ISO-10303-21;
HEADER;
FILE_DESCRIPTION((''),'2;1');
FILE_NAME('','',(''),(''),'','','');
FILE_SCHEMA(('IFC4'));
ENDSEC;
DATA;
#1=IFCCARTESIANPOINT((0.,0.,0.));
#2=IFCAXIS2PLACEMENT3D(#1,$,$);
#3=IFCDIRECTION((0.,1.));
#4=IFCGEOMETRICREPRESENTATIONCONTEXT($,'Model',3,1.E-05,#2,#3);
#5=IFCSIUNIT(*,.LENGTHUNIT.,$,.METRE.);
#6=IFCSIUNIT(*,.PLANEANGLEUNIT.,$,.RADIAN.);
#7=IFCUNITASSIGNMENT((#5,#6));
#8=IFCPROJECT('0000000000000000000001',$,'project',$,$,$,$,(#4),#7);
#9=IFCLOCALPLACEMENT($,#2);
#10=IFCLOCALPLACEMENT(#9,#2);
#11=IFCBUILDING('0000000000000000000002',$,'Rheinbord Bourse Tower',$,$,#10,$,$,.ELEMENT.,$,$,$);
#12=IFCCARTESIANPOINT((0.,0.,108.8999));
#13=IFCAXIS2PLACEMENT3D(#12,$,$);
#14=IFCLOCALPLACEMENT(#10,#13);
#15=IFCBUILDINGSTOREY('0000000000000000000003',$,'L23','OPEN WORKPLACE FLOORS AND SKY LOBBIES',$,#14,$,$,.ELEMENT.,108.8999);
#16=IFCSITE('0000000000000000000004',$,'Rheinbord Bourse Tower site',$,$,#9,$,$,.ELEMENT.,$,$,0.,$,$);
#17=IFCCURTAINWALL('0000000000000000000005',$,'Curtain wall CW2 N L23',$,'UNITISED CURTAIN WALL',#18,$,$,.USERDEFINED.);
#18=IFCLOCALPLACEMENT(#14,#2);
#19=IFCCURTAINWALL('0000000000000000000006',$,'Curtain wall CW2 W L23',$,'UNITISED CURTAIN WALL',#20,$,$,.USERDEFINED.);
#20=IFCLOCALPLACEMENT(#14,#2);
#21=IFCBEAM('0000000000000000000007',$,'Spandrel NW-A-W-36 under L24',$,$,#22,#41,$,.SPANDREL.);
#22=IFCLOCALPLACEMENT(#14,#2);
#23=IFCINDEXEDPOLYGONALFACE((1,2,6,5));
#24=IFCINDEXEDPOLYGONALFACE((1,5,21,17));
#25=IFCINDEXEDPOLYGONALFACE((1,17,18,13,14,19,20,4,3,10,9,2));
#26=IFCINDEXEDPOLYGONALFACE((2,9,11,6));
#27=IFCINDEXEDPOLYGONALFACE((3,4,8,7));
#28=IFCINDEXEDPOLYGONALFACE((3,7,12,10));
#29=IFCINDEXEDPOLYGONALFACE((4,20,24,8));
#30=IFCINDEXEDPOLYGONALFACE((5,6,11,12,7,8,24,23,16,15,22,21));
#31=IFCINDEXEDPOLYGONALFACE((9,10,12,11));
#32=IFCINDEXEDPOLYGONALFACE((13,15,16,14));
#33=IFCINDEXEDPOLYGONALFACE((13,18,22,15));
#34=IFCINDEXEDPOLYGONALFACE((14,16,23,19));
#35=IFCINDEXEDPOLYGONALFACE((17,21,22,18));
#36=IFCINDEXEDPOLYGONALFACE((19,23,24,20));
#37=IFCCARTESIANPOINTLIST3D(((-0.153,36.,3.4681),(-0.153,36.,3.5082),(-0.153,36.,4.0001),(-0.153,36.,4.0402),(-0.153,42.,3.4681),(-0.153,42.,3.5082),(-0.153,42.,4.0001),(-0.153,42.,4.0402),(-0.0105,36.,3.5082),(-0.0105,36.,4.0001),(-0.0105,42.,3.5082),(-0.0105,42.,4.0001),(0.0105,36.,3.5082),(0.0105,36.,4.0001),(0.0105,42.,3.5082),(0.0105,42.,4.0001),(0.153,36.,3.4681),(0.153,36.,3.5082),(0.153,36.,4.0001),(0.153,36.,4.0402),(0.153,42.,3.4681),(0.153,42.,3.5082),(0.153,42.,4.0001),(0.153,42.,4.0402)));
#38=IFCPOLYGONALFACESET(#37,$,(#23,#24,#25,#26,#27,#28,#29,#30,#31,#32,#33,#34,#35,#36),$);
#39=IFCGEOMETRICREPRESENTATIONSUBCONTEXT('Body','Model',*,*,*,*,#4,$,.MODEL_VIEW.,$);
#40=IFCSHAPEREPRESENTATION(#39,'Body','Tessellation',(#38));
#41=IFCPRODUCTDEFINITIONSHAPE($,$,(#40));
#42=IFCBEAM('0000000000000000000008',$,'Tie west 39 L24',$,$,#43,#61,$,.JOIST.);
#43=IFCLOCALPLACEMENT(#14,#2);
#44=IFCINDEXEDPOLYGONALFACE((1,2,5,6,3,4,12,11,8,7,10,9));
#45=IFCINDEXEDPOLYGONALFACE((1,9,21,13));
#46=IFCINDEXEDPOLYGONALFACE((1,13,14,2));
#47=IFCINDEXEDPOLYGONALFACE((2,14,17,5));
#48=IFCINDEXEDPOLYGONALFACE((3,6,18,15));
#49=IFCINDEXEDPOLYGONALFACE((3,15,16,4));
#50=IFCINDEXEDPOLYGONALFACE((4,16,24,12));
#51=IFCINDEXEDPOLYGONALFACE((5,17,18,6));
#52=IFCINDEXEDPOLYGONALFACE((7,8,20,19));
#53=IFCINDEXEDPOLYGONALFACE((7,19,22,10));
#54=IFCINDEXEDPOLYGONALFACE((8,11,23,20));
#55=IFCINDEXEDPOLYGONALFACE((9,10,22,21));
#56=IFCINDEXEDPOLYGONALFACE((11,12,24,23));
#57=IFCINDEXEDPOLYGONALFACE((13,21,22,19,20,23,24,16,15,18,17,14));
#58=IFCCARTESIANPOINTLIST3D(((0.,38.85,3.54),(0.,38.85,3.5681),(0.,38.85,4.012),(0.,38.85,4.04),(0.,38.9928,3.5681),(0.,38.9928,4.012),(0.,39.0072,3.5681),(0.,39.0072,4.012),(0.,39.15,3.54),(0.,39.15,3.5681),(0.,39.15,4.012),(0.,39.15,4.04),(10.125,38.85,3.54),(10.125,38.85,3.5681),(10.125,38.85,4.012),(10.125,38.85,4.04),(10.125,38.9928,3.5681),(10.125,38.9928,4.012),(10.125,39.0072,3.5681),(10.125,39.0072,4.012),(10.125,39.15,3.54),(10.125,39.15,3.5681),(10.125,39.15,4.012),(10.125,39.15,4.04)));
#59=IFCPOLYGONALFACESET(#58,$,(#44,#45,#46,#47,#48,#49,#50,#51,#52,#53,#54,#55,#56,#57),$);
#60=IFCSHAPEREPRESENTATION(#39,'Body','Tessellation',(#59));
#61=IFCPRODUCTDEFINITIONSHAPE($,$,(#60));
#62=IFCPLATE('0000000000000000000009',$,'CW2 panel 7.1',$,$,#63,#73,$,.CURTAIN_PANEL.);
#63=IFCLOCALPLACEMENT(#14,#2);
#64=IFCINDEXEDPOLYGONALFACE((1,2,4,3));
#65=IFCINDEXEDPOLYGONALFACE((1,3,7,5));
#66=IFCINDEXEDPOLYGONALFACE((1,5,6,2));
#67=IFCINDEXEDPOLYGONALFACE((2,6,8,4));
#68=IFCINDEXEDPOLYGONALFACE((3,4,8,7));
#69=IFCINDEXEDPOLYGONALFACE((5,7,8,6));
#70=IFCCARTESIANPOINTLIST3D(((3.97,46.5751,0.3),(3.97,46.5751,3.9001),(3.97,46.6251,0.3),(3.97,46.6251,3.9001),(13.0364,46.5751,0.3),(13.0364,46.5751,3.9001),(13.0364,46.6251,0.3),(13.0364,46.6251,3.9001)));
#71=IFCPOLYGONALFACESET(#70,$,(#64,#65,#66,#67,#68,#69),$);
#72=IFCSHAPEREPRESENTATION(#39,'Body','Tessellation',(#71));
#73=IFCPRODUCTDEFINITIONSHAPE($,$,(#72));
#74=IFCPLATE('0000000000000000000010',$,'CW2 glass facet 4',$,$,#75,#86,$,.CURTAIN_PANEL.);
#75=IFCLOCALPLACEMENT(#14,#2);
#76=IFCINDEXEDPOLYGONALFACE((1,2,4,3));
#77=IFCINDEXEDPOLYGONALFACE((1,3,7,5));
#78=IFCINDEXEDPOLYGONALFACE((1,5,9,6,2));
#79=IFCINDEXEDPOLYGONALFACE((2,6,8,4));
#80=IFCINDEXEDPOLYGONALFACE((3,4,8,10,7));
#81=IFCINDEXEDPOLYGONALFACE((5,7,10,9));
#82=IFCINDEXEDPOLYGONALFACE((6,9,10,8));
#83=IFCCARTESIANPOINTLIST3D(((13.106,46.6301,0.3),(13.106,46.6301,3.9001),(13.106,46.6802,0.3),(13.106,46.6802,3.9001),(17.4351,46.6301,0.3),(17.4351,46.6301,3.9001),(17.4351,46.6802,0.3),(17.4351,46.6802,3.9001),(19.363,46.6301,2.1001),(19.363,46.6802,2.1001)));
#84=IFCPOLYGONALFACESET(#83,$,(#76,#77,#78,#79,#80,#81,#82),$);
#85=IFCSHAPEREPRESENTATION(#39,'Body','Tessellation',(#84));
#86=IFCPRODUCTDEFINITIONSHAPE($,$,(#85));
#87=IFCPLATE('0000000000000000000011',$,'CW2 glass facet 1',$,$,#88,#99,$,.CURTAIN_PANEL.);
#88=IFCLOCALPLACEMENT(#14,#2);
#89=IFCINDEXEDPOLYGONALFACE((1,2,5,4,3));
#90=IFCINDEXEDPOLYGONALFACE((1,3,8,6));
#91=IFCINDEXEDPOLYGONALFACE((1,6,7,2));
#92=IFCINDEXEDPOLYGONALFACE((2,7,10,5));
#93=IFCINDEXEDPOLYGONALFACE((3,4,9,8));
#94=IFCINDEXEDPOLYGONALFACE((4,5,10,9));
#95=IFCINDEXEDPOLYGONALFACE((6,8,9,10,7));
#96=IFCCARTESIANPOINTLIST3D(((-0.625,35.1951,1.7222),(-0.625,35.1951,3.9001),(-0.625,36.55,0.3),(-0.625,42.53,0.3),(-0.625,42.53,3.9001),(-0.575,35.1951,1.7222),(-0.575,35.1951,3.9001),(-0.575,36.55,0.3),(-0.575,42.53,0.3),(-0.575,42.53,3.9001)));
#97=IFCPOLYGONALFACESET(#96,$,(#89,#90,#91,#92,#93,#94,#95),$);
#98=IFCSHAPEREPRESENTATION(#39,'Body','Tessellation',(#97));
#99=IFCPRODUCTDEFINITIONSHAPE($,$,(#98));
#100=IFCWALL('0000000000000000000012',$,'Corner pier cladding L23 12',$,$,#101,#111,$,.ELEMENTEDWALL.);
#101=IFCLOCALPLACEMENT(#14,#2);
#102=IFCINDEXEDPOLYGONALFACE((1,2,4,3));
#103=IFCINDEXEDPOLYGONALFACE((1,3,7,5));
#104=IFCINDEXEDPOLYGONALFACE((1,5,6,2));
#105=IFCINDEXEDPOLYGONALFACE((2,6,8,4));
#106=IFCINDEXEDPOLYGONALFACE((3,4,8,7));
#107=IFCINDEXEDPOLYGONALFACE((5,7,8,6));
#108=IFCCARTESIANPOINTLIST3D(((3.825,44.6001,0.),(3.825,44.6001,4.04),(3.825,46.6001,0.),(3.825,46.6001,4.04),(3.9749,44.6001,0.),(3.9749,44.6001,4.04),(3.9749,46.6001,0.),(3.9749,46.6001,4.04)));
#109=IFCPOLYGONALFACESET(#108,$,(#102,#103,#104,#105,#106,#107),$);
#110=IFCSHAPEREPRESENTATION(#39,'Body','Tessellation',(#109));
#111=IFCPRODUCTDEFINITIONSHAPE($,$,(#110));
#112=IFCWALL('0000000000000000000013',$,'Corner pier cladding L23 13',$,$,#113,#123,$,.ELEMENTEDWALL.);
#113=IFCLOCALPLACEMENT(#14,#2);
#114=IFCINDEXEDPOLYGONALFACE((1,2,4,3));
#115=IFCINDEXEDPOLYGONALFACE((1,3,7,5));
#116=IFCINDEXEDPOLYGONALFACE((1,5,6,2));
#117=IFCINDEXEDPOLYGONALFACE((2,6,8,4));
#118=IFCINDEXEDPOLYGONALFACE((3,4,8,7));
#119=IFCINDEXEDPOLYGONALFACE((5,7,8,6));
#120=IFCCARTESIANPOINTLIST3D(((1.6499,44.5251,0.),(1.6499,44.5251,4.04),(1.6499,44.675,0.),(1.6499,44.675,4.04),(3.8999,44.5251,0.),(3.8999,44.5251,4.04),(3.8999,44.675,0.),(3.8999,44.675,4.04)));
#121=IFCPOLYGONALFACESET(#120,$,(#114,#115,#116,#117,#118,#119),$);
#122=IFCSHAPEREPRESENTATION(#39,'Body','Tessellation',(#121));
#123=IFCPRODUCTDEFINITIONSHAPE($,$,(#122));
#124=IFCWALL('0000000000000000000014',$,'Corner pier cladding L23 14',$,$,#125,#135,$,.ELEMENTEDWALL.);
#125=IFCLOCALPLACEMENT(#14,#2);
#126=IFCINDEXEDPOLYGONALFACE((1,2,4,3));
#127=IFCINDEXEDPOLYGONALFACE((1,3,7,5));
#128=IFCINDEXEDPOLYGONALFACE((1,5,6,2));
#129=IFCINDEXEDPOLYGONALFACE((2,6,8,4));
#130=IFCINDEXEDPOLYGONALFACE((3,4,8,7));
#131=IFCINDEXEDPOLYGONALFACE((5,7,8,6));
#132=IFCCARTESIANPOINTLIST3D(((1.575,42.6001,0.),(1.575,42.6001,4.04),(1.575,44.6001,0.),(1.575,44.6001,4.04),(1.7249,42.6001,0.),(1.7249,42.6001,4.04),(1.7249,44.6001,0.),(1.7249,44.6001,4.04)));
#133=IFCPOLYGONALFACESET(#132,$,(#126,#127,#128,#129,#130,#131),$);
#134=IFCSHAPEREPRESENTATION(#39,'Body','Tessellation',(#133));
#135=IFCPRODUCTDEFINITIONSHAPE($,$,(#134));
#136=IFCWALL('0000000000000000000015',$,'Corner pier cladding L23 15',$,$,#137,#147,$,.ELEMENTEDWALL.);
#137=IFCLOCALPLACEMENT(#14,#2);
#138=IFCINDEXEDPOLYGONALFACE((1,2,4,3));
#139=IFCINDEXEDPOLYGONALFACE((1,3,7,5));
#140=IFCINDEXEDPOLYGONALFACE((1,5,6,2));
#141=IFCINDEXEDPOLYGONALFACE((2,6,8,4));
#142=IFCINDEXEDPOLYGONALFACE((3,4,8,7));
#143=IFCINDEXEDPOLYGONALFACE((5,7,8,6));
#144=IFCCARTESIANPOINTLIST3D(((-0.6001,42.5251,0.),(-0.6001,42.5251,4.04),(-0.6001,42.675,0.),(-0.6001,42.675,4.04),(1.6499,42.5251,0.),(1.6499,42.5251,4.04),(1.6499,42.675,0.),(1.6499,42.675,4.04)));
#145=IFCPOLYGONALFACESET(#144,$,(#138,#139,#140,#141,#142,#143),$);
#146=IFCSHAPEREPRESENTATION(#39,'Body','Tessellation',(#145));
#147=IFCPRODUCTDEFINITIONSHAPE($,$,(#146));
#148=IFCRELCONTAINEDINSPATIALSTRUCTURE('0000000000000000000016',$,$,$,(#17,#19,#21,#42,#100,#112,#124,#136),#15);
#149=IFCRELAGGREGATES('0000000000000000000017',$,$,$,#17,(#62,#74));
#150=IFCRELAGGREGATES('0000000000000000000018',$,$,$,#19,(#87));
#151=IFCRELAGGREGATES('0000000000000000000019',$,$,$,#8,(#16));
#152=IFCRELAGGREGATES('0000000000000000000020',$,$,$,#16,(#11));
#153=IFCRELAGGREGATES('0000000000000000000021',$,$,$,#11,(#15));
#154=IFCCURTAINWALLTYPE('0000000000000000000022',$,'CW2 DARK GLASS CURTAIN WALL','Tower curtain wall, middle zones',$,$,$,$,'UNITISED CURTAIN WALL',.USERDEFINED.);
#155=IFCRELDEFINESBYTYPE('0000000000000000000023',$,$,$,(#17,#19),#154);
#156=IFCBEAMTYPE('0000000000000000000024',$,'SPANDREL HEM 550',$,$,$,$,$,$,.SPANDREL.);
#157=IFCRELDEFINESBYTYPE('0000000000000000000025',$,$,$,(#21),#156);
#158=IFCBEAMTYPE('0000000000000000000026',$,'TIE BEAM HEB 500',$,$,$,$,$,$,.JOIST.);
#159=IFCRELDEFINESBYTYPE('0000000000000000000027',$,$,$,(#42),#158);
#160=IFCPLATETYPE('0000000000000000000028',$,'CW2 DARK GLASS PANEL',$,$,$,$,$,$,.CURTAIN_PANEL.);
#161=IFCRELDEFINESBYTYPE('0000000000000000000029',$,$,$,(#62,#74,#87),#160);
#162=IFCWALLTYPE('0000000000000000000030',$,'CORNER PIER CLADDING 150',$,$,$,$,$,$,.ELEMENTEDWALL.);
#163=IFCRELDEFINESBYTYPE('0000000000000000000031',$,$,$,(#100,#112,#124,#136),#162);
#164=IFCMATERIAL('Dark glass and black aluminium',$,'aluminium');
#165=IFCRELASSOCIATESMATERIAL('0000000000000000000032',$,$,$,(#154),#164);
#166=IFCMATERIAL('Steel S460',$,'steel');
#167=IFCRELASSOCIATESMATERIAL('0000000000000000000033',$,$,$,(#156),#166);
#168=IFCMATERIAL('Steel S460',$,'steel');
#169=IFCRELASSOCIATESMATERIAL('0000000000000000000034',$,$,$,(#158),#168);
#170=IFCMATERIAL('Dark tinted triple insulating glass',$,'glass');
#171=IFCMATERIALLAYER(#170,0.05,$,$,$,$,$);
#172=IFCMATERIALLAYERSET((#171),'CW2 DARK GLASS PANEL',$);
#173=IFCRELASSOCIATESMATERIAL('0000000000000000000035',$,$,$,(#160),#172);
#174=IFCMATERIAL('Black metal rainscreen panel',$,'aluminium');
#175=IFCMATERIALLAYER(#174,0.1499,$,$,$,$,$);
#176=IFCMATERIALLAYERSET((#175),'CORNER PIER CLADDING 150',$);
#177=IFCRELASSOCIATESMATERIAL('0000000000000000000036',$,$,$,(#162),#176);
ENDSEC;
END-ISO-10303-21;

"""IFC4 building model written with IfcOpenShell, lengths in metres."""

from ifc_helpers import new_model, si_unit, direction, frame, frame_2d, origin, origin_2d, place, context, subcontext, project, spatial, polyline, rectangle, i_section, outline, extrude, material, layer, layer_set, material_profile, profile_set, type_object, element, aggregate, save


model = new_model("IFC4")

# Units and contexts
model_context = context("Model", 3, precision=1e-05, world=origin(), true_north=direction((0.0, 1.0)))
body_context = subcontext(model_context, "Body", "Model", "MODEL_VIEW")
ifc_project = project(units=[si_unit("LENGTHUNIT", "METRE"), si_unit("PLANEANGLEUNIT", "RADIAN")], contexts=[model_context])

# Site, building, storey
site_placement = place(None, origin())
site = spatial("IfcSite", under=ifc_project, at=site_placement, Name="Rheinbord Bourse Tower site", CompositionType="ELEMENT", RefElevation=0.0)
building_placement = place(site_placement, origin())
building = spatial("IfcBuilding", under=site, at=building_placement, Name="Rheinbord Bourse Tower", CompositionType="ELEMENT")
storey_placement = place(building_placement, frame((0.0, 0.0, 108.8999)))
storey = spatial("IfcBuildingStorey", under=building, at=storey_placement, Name="L23", Description="OPEN WORKPLACE FLOORS AND SKY LOBBIES", CompositionType="ELEMENT", Elevation=108.8999)

# Curtain wall
ifc_material_1 = material(Name="Dark glass and black aluminium", Category="aluminium")
curtain_wall_type = type_object("IfcCurtainWallType", Name="CW2 DARK GLASS CURTAIN WALL", Description="Tower curtain wall, middle zones", ElementType="UNITISED CURTAIN WALL", PredefinedType="USERDEFINED", material=ifc_material_1)
curtain_wall_1_placement = place(storey_placement, origin())
curtain_wall_1 = element("IfcCurtainWall", 1, at=curtain_wall_1_placement, inside=storey, type_object=curtain_wall_type, Name="Curtain wall CW2 N L23", ObjectType="UNITISED CURTAIN WALL", PredefinedType="USERDEFINED")

# Curtain wall
curtain_wall_2_placement = place(storey_placement, origin())
curtain_wall_2 = element("IfcCurtainWall", 2, at=curtain_wall_2_placement, inside=storey, type_object=curtain_wall_type, Name="Curtain wall CW2 W L23", ObjectType="UNITISED CURTAIN WALL", PredefinedType="USERDEFINED")

# Beams
ifc_material_2 = material(Name="Steel S460", Category="steel")
ifc_material_profile_1 = material_profile(ifc_material_2, i_section(OverallWidth=0.3059, OverallDepth=0.572, WebThickness=0.021, FlangeThickness=0.04, at=origin_2d()), Name="HEM 550")
ifc_profile_set_1 = profile_set([ifc_material_profile_1], Name="Steel S460")
beam_type_1 = type_object("IfcBeamType", Name="SPANDREL HEM 550", PredefinedType="SPANDREL", material=ifc_profile_set_1)
beam_1_placement = place(storey_placement, frame((0.0, 42.0, 3.7542), z_axis=(0.0, -1.0, 0.0), x_axis=(1.0, 0.0, 0.0)))
element("IfcBeam", 3, at=beam_1_placement, inside=storey, type_object=beam_type_1, Name="Spandrel NW-A-W-36 under L24", PredefinedType="SPANDREL", context=body_context, shape_type="SweptSolid", body=[
    extrude(i_section(OverallWidth=0.3059, OverallDepth=0.572, WebThickness=0.021, FlangeThickness=0.04, at=origin_2d()), origin(), (0.0, 0.0, 1.0), 6.0),
])
ifc_material_3 = material(Name="Steel S460", Category="steel")
ifc_material_profile_2 = material_profile(ifc_material_3, i_section(OverallWidth=0.3, OverallDepth=0.5, WebThickness=0.0144, FlangeThickness=0.0281, at=origin_2d()), Name="HEB 500")
ifc_profile_set_2 = profile_set([ifc_material_profile_2], Name="Steel S460")
beam_type_2 = type_object("IfcBeamType", Name="TIE BEAM HEB 500", PredefinedType="JOIST", material=ifc_profile_set_2)
beam_2_placement = place(storey_placement, frame((0.0, 39.0, 3.79), z_axis=(1.0, 0.0, 0.0), x_axis=(0.0, 1.0, 0.0)))
element("IfcBeam", 4, at=beam_2_placement, inside=storey, type_object=beam_type_2, Name="Tie west 39 L24", PredefinedType="JOIST", context=body_context, shape_type="SweptSolid", body=[
    extrude(i_section(OverallWidth=0.3, OverallDepth=0.5, WebThickness=0.0144, FlangeThickness=0.0281, at=origin_2d()), origin(), (0.0, 0.0, 1.0), 10.125),
])

# Plates
ifc_material_4 = material(Name="Dark tinted triple insulating glass", Category="glass")
ifc_layer_1 = layer(ifc_material_4, 0.05)
ifc_layer_set_1 = layer_set([ifc_layer_1], Name="CW2 DARK GLASS PANEL")
plate_type = type_object("IfcPlateType", Name="CW2 DARK GLASS PANEL", PredefinedType="CURTAIN_PANEL", material=ifc_layer_set_1)
plate_1_placement = place(storey_placement, frame((8.5032, 46.6001, 0.3), z_axis=(0.0, 0.0, 1.0), x_axis=(-1.0, 0.0, 0.0)))
plate_1 = element("IfcPlate", 5, at=plate_1_placement, type_object=plate_type, Name="CW2 panel 7.1", PredefinedType="CURTAIN_PANEL", context=body_context, shape_type="SweptSolid", body=[
    extrude(rectangle(XDim=9.0664, YDim=0.05, at=origin_2d()), origin(), (0.0, 0.0, 1.0), 3.6001),
])
plate_2_placement = place(storey_placement, frame((13.106, 46.6802, 3.9001), z_axis=(0.0, -1.0, 0.0), x_axis=(0.0, 0.0, -1.0)))
plate_2 = element("IfcPlate", 6, at=plate_2_placement, type_object=plate_type, Name="CW2 glass facet 4", PredefinedType="CURTAIN_PANEL", context=body_context, shape_type="SweptSolid", body=[
    extrude(outline(polyline([(0.0, 0.0), (3.6001, 0.0), (3.6001, 4.3291), (1.8, 6.2571), (0.0, 4.3291), (0.0, 0.0)])), origin(), (0.0, 0.0, 1.0), 0.05),
])
aggregate(curtain_wall_1, [plate_1, plate_2])
plate_3_placement = place(storey_placement, frame((-0.625, 42.53, 0.3), z_axis=(1.0, 0.0, 0.0), x_axis=(0.0, 0.0, 1.0)))
plate_3 = element("IfcPlate", 7, at=plate_3_placement, type_object=plate_type, Name="CW2 glass facet 1", PredefinedType="CURTAIN_PANEL", context=body_context, shape_type="SweptSolid", body=[
    extrude(outline(polyline([(0.0, 0.0), (3.6001, 0.0), (3.6001, 7.335), (1.4221, 7.335), (0.0, 5.98), (0.0, 0.0)])), origin(), (0.0, 0.0, 1.0), 0.05),
])
aggregate(curtain_wall_2, [plate_3])

# Walls
ifc_material_5 = material(Name="Black metal rainscreen panel", Category="aluminium")
ifc_layer_2 = layer(ifc_material_5, 0.1499)
ifc_layer_set_2 = layer_set([ifc_layer_2], Name="CORNER PIER CLADDING 150")
wall_type = type_object("IfcWallType", Name="CORNER PIER CLADDING 150", PredefinedType="ELEMENTEDWALL", material=ifc_layer_set_2)
wall_1_placement = place(storey_placement, frame((3.8999, 46.6001, 0.0), z_axis=(0.0, 0.0, 1.0), x_axis=(0.0, -1.0, 0.0)))
element("IfcWall", 8, at=wall_1_placement, inside=storey, type_object=wall_type, Name="Corner pier cladding L23 12", PredefinedType="ELEMENTEDWALL", context=body_context, shape_type="SweptSolid", body=[
    extrude(rectangle(XDim=2.0, YDim=0.1499, at=frame_2d((1.0, 0.0))), origin(), (0.0, 0.0, 1.0), 4.04),
])
wall_2_placement = place(storey_placement, frame((3.8999, 44.6001, 0.0), z_axis=(0.0, 0.0, 1.0), x_axis=(-1.0, 0.0, 0.0)))
element("IfcWall", 9, at=wall_2_placement, inside=storey, type_object=wall_type, Name="Corner pier cladding L23 13", PredefinedType="ELEMENTEDWALL", context=body_context, shape_type="SweptSolid", body=[
    extrude(rectangle(XDim=2.25, YDim=0.1499, at=frame_2d((1.125, 0.0))), origin(), (0.0, 0.0, 1.0), 4.04),
])
wall_3_placement = place(storey_placement, frame((1.6499, 44.6001, 0.0), z_axis=(0.0, 0.0, 1.0), x_axis=(0.0, -1.0, 0.0)))
element("IfcWall", 10, at=wall_3_placement, inside=storey, type_object=wall_type, Name="Corner pier cladding L23 14", PredefinedType="ELEMENTEDWALL", context=body_context, shape_type="SweptSolid", body=[
    extrude(rectangle(XDim=2.0, YDim=0.1499, at=frame_2d((1.0, 0.0))), origin(), (0.0, 0.0, 1.0), 4.04),
])
wall_4_placement = place(storey_placement, frame((1.6499, 42.6001, 0.0), z_axis=(0.0, 0.0, 1.0), x_axis=(-1.0, 0.0, 0.0)))
element("IfcWall", 11, at=wall_4_placement, inside=storey, type_object=wall_type, Name="Corner pier cladding L23 15", PredefinedType="ELEMENTEDWALL", context=body_context, shape_type="SweptSolid", body=[
    extrude(rectangle(XDim=2.25, YDim=0.1499, at=frame_2d((1.125, 0.0))), origin(), (0.0, 0.0, 1.0), 4.04),
])

save(model, "model.ifc")
